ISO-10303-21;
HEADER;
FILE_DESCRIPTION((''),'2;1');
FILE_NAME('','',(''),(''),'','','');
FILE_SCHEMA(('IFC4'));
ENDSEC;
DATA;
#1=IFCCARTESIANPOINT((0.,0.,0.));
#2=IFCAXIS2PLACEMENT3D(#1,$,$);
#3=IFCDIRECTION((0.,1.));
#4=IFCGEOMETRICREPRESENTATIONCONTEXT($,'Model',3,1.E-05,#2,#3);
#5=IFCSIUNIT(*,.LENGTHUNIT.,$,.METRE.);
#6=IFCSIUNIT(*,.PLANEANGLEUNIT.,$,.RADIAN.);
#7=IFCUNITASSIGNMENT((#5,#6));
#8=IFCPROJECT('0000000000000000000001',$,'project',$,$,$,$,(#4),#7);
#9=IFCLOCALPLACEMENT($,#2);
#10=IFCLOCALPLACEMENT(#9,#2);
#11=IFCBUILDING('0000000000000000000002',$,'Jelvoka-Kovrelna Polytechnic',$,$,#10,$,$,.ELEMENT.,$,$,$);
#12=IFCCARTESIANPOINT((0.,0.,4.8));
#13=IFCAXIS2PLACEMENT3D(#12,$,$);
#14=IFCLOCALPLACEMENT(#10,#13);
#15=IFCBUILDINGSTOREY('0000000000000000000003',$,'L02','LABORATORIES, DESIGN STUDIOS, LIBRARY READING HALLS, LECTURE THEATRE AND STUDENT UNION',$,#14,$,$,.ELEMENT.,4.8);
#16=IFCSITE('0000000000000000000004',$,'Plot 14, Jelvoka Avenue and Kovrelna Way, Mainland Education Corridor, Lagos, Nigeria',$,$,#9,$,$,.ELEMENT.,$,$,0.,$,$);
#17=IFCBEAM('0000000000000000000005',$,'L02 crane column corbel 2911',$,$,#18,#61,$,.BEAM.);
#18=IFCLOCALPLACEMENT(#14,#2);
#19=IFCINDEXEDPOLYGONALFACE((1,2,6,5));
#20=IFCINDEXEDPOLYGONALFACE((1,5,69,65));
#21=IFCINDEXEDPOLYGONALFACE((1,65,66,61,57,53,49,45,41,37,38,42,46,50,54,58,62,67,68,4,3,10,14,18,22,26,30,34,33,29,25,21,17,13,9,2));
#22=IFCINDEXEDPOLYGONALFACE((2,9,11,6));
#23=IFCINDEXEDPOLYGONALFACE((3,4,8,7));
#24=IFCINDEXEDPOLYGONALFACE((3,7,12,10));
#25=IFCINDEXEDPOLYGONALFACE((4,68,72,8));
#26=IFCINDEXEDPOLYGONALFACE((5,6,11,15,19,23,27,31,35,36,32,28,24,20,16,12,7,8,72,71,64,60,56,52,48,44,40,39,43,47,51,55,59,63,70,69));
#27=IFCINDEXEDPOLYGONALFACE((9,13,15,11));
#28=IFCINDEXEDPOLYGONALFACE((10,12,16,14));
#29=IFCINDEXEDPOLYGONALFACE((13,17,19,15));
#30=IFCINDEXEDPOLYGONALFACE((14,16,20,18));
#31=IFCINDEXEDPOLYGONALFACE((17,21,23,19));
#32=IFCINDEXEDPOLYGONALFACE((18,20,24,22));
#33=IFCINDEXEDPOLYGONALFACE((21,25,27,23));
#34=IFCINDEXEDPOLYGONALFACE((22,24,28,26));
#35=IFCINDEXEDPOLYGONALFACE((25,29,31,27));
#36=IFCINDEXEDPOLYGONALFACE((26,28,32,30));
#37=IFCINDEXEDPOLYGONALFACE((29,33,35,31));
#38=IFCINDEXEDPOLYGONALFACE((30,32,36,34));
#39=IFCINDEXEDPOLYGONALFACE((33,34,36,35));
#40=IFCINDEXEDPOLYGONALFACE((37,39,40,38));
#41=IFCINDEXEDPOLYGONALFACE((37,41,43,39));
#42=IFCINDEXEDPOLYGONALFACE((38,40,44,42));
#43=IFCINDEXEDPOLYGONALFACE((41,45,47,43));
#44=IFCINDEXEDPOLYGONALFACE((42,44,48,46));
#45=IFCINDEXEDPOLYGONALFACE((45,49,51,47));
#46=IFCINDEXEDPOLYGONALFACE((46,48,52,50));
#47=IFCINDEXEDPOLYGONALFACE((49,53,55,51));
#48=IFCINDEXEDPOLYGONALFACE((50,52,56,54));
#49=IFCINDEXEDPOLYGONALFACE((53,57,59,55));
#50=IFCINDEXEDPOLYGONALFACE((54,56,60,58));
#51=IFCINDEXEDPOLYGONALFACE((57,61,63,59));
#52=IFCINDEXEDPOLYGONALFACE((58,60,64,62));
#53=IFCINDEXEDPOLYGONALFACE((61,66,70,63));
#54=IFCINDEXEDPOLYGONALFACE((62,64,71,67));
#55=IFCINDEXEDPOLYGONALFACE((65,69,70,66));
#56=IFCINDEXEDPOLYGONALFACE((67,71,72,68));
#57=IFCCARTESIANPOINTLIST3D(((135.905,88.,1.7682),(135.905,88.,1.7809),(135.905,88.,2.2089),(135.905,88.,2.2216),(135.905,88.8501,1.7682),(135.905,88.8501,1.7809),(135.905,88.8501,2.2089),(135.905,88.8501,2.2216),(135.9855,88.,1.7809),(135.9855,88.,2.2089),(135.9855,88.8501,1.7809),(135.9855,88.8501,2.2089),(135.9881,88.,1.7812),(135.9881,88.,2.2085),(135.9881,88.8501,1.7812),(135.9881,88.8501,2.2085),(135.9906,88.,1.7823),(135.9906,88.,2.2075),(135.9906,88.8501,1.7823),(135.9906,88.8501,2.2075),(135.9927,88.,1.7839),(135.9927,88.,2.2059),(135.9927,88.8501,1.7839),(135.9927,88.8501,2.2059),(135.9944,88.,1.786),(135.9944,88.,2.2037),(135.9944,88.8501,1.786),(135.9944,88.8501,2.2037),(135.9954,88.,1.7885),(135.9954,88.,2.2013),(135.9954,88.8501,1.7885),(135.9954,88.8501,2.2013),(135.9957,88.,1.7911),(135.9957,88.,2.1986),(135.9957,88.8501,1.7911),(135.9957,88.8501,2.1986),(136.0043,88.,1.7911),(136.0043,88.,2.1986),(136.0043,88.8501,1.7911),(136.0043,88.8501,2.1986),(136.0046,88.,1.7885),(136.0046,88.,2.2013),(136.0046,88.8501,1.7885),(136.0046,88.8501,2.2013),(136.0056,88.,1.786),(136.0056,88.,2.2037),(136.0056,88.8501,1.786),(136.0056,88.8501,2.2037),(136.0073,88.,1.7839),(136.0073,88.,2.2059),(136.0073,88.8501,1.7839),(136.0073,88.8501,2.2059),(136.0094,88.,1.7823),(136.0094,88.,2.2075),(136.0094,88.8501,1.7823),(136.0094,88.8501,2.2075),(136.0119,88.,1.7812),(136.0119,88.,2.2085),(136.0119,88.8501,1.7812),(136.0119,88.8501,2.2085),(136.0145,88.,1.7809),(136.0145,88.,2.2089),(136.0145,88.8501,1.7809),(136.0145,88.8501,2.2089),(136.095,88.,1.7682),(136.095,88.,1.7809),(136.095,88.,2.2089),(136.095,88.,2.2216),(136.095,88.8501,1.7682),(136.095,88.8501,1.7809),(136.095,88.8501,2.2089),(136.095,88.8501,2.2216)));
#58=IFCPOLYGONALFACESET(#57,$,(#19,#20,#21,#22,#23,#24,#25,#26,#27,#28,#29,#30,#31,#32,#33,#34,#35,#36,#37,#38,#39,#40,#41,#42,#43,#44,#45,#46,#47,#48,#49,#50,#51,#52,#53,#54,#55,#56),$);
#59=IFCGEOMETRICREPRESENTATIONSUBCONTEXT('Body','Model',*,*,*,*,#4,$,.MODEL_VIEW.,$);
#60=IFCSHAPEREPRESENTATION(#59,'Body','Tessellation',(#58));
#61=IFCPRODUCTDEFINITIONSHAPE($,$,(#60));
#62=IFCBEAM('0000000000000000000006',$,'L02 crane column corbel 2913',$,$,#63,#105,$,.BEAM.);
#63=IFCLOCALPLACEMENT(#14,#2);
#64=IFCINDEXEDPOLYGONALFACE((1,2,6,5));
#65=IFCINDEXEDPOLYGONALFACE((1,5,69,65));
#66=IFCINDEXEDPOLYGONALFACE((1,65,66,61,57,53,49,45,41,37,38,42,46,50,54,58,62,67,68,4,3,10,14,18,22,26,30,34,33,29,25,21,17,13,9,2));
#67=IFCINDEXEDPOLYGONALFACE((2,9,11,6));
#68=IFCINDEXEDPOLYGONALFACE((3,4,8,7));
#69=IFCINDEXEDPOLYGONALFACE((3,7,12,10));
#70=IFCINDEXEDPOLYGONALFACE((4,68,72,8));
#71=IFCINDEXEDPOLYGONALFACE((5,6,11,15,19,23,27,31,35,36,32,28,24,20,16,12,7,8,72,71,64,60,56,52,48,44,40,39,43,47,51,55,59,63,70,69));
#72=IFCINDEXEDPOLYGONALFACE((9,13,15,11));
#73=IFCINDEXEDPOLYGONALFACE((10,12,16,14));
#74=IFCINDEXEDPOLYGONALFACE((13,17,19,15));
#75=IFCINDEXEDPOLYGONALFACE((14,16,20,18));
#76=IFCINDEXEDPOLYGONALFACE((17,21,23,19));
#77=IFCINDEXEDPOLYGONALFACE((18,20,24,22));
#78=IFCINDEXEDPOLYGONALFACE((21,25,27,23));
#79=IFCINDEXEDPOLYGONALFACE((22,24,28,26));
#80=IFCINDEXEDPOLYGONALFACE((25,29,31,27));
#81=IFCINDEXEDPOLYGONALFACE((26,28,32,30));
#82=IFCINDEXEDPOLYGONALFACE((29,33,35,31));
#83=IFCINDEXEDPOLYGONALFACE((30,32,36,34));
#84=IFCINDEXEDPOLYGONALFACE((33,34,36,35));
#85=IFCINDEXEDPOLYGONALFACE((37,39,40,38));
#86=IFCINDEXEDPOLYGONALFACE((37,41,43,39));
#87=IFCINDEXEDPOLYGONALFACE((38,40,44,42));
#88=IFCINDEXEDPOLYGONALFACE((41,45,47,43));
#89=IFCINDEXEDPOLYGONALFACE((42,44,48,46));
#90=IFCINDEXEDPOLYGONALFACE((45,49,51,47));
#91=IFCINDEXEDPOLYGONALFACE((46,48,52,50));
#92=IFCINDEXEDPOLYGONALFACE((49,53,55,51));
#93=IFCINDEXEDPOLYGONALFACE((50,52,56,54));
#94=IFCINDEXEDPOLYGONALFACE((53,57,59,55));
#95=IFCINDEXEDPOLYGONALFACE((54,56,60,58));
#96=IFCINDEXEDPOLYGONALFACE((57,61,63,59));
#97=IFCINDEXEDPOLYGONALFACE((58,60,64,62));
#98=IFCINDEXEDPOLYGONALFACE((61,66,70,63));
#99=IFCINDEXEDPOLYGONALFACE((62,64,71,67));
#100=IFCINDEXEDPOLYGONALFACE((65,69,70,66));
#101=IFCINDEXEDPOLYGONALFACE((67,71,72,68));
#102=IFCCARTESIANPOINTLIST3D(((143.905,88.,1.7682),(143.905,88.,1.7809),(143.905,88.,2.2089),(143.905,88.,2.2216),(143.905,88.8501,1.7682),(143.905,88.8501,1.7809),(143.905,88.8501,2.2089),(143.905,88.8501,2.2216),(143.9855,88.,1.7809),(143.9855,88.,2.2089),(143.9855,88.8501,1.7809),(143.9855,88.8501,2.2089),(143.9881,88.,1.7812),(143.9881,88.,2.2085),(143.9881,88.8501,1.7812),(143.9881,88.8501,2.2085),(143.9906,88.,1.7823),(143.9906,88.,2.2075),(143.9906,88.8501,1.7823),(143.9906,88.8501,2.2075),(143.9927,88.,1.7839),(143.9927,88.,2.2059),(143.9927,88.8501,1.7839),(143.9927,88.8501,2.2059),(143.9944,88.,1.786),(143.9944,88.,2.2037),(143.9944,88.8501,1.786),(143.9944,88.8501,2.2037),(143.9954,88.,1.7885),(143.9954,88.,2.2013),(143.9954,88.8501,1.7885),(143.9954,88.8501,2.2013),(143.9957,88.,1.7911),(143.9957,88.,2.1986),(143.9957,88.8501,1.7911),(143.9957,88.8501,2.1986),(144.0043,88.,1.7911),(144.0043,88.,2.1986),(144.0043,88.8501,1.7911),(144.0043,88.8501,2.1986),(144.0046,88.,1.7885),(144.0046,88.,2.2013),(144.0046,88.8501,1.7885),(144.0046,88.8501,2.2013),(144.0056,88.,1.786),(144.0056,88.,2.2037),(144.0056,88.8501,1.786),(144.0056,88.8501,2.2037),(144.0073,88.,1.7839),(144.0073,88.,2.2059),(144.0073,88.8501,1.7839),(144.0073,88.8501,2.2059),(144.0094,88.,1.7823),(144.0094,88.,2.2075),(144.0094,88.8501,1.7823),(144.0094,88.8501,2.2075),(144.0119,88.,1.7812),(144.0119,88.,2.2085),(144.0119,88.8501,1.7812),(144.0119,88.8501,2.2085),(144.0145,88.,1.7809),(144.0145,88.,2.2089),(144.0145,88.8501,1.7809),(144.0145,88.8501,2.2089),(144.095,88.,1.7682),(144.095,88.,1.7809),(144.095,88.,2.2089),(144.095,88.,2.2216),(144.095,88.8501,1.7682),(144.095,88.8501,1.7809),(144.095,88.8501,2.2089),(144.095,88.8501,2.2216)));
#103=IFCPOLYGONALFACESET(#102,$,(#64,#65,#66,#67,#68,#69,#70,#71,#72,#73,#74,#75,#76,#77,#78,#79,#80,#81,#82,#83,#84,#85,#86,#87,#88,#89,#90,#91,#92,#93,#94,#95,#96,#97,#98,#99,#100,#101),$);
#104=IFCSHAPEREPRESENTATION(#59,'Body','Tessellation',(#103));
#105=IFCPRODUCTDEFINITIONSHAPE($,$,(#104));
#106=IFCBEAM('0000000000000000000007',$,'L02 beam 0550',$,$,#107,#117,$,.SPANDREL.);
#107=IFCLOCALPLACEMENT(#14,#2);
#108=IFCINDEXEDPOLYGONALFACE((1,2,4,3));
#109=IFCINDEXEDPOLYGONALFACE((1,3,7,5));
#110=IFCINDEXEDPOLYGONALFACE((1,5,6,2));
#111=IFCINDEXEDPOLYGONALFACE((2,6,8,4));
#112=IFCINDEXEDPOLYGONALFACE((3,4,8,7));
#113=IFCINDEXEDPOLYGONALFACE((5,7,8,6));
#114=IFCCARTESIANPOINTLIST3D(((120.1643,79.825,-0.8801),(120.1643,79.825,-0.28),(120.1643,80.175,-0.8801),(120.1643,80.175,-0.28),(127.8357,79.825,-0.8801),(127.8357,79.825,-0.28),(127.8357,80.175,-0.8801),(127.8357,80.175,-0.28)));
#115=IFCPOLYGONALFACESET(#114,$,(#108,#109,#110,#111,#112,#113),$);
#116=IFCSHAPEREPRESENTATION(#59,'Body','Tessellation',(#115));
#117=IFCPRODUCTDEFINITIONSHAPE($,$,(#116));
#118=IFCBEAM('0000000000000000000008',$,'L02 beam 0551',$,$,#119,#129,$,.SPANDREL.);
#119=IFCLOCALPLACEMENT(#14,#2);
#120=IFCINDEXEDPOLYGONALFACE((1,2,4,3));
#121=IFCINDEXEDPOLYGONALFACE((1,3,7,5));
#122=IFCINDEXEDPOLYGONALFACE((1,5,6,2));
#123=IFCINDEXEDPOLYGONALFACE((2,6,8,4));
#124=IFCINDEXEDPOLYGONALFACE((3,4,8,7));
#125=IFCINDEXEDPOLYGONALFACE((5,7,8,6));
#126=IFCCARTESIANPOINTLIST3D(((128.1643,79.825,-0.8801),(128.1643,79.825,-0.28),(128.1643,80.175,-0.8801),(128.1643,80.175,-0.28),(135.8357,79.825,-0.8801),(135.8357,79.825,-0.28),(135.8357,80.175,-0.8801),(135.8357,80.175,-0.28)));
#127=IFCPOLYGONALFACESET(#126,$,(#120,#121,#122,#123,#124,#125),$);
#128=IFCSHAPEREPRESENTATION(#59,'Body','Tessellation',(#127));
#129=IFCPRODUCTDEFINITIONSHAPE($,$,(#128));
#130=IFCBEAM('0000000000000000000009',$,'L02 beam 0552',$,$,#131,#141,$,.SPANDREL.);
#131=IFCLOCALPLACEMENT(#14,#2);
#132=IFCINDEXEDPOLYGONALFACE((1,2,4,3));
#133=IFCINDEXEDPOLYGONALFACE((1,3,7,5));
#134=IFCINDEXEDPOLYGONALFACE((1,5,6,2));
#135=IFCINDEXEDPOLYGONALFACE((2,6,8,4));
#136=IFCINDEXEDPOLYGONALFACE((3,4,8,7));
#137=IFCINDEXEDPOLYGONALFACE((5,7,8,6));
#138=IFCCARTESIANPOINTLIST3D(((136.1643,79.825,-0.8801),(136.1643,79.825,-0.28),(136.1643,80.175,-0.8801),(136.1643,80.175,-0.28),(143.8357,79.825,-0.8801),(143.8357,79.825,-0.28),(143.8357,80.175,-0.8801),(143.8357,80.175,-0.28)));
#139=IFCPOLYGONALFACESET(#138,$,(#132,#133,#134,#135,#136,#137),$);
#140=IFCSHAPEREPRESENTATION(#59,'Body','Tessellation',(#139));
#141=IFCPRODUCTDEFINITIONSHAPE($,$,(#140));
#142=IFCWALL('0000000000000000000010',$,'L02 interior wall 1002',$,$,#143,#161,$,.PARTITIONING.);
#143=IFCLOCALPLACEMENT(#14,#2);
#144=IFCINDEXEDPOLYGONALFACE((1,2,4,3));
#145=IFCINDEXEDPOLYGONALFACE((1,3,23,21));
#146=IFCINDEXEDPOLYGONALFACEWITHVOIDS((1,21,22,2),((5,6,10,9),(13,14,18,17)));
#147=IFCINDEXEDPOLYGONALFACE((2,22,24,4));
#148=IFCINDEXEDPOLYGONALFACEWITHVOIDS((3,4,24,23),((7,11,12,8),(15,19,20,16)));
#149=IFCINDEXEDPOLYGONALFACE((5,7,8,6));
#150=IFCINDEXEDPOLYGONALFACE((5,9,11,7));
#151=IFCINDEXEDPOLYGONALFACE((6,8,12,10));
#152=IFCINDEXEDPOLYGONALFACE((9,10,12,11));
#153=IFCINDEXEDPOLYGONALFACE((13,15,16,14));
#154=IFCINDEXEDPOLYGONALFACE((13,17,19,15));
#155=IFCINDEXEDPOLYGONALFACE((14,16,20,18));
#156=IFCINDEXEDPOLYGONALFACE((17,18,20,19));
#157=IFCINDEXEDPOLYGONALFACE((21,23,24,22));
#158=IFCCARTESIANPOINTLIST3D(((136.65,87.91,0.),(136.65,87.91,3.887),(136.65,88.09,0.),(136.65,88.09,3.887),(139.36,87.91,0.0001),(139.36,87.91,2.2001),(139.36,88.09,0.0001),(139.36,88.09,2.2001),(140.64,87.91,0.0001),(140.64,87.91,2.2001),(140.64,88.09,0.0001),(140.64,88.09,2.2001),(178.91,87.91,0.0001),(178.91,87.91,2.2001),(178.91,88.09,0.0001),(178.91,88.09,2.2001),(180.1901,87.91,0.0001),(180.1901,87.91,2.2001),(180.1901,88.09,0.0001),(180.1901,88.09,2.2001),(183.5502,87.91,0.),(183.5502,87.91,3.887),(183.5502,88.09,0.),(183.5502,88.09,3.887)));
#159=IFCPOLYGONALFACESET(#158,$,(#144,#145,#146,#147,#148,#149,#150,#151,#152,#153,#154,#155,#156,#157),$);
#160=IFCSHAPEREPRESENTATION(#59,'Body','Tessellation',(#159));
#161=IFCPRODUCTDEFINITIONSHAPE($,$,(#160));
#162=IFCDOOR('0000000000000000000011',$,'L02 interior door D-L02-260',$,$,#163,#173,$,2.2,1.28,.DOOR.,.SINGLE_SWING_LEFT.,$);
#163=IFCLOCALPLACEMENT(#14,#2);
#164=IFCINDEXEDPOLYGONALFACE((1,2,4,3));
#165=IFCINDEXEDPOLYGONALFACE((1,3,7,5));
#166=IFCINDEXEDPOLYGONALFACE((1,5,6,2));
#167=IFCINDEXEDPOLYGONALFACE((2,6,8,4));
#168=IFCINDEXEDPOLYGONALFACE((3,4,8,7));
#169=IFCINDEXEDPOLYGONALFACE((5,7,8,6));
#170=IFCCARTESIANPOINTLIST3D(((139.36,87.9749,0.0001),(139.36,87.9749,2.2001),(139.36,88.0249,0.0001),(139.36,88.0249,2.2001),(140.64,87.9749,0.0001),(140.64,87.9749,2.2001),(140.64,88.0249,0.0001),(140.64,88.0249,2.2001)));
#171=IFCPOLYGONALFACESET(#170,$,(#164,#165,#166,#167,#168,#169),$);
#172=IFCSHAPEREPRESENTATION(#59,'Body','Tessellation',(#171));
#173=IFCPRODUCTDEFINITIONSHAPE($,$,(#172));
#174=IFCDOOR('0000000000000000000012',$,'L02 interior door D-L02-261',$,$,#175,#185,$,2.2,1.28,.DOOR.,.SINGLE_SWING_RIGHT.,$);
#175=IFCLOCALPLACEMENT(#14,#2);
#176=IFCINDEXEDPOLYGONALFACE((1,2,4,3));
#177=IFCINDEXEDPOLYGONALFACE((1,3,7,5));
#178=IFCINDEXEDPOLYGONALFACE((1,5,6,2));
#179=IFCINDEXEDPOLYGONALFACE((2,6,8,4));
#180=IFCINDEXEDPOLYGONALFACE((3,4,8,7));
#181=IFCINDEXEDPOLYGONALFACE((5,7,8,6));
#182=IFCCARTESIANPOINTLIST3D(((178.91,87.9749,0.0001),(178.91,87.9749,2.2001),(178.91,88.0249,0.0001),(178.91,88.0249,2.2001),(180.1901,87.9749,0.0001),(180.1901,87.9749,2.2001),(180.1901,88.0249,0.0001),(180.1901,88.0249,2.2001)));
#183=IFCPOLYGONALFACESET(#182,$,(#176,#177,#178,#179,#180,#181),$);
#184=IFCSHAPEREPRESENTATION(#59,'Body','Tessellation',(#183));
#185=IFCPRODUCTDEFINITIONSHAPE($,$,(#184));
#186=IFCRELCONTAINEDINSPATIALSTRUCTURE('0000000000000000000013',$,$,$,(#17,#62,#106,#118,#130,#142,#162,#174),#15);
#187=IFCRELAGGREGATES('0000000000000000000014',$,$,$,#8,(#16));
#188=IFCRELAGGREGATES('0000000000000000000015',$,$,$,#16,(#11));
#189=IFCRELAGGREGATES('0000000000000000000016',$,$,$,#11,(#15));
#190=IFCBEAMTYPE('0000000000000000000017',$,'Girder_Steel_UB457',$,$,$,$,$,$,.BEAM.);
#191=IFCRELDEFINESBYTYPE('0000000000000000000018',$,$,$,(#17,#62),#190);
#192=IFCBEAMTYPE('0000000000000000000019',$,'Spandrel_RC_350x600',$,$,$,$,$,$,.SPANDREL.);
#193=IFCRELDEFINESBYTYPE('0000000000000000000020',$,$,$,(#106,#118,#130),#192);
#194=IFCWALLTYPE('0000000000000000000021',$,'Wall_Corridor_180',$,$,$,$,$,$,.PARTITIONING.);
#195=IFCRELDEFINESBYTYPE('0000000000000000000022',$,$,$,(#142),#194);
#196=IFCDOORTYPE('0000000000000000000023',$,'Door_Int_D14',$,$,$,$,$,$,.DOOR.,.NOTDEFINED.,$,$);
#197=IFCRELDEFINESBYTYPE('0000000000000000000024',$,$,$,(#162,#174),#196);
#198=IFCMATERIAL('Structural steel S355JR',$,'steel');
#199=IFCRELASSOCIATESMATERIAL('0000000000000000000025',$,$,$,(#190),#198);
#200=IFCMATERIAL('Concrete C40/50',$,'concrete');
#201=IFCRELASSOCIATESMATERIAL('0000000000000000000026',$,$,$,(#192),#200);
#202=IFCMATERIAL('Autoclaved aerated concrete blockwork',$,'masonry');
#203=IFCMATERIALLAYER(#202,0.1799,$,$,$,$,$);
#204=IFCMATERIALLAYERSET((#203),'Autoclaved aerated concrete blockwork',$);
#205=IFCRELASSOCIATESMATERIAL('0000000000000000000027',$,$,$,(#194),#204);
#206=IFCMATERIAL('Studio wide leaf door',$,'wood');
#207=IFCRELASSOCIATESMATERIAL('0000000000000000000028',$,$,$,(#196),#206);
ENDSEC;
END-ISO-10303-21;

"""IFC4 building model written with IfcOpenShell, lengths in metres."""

from ifc_helpers import new_model, si_unit, direction, frame, frame_2d, origin, origin_2d, place, context, subcontext, project, spatial, rectangle, i_section, extrude, material, layer, layer_set, material_profile, profile_set, type_object, element, fill, save


model = new_model("IFC4")

# Units and contexts
model_context = context("Model", 3, precision=1e-05, world=origin(), true_north=direction((0.0, 1.0)))
body_context = subcontext(model_context, "Body", "Model", "MODEL_VIEW")
ifc_project = project(units=[si_unit("LENGTHUNIT", "METRE"), si_unit("PLANEANGLEUNIT", "RADIAN")], contexts=[model_context])

# Site, building, storey
site_placement = place(None, origin())
site = spatial("IfcSite", under=ifc_project, at=site_placement, Name="Plot 14, Jelvoka Avenue and Kovrelna Way, Mainland Education Corridor, Lagos, Nigeria", CompositionType="ELEMENT", RefElevation=0.0)
building_placement = place(site_placement, origin())
building = spatial("IfcBuilding", under=site, at=building_placement, Name="Jelvoka-Kovrelna Polytechnic", CompositionType="ELEMENT")
storey_placement = place(building_placement, frame((0.0, 0.0, 4.8)))
storey = spatial("IfcBuildingStorey", under=building, at=storey_placement, Name="L02", Description="LABORATORIES, DESIGN STUDIOS, LIBRARY READING HALLS, LECTURE THEATRE AND STUDENT UNION", CompositionType="ELEMENT", Elevation=4.8)

# Beams
ifc_material_1 = material(Name="Structural steel S355JR", Category="steel")
ifc_material_profile_1 = material_profile(ifc_material_1, i_section(OverallWidth=0.1899, OverallDepth=0.4534, WebThickness=0.0085, FlangeThickness=0.0127, FilletRadius=0.0103, at=origin_2d()), Name="457x191x67 UB")
ifc_profile_set_1 = profile_set([ifc_material_profile_1], Name="Structural steel S355JR")
beam_type_1 = type_object("IfcBeamType", Name="Girder_Steel_UB457", PredefinedType="BEAM", material=ifc_profile_set_1)
for number, where, z_axis, x_axis, name in (
    (1, (136.0, 88.0, 1.9949), (0.0, 1.0, 0.0), (-1.0, 0.0, 0.0), "L02 crane column corbel 2911"),
    (2, (144.0, 88.0, 1.9949), (0.0, 1.0, 0.0), (-1.0, 0.0, 0.0), "L02 crane column corbel 2913"),
):
    element("IfcBeam", number, at=place(storey_placement, frame(where, z_axis=z_axis, x_axis=x_axis)), inside=storey, type_object=beam_type_1, Name=name, PredefinedType="BEAM", context=body_context, shape_type="SweptSolid", body=[
        extrude(i_section(OverallWidth=0.1899, OverallDepth=0.4534, WebThickness=0.0085, FlangeThickness=0.0127, FilletRadius=0.0103, at=origin_2d()), origin(), (0.0, 0.0, 1.0), 0.8501),
    ])
ifc_material_2 = material(Name="Concrete C40/50", Category="concrete")
ifc_material_profile_2 = material_profile(ifc_material_2, rectangle(XDim=0.3501, YDim=0.6001, at=origin_2d()), Name="RC 350x600")
ifc_profile_set_2 = profile_set([ifc_material_profile_2], Name="Concrete C40/50")
beam_type_2 = type_object("IfcBeamType", Name="Spandrel_RC_350x600", PredefinedType="SPANDREL", material=ifc_profile_set_2)
for number, where, z_axis, x_axis, name in (
    (3, (120.1643, 80.0, -0.5801), (1.0, 0.0, 0.0), (0.0, 1.0, 0.0), "L02 beam 0550"),
    (4, (128.1643, 80.0, -0.5801), (1.0, 0.0, 0.0), (0.0, 1.0, 0.0), "L02 beam 0551"),
    (5, (136.1643, 80.0, -0.5801), (1.0, 0.0, 0.0), (0.0, 1.0, 0.0), "L02 beam 0552"),
):
    element("IfcBeam", number, at=place(storey_placement, frame(where, z_axis=z_axis, x_axis=x_axis)), inside=storey, type_object=beam_type_2, Name=name, PredefinedType="SPANDREL", context=body_context, shape_type="SweptSolid", body=[
        extrude(rectangle(XDim=0.3501, YDim=0.6001, at=origin_2d()), origin(), (0.0, 0.0, 1.0), 7.6714),
    ])

# Wall, openings, doors
ifc_material_3 = material(Name="Autoclaved aerated concrete blockwork", Category="masonry")
ifc_layer_1 = layer(ifc_material_3, 0.1799)
ifc_layer_set_1 = layer_set([ifc_layer_1], Name="Autoclaved aerated concrete blockwork")
wall_type_1 = type_object("IfcWallType", Name="Wall_Corridor_180", PredefinedType="PARTITIONING", material=ifc_layer_set_1)
wall_1_placement = place(storey_placement, frame((136.6499, 88.0, 0.0), z_axis=(0.0, 0.0, 1.0), x_axis=(1.0, 0.0, 0.0)))
wall_1 = element("IfcWall", 6, at=wall_1_placement, inside=storey, type_object=wall_type_1, Name="L02 interior wall 1002", PredefinedType="PARTITIONING", context=body_context, shape_type="SweptSolid", body=[
    extrude(rectangle(XDim=46.9001, YDim=0.1799, at=frame_2d((23.4502, 0.0))), origin(), (0.0, 0.0, 1.0), 3.887),
])
opening_1_placement = place(wall_1_placement, frame((2.71, 0.0, 0.0)))
opening_1 = element("IfcOpeningElement", 7, at=opening_1_placement, cuts=wall_1, PredefinedType="OPENING", context=body_context, shape_type="SweptSolid", body=[
    extrude(rectangle(XDim=1.28, YDim=2.2, at=frame_2d((0.6401, 1.1001))), frame((0.0, 0.0999, 0.0), z_axis=(0.0, -1.0, 0.0), x_axis=(1.0, 0.0, 0.0)), (0.0, 0.0, 1.0), 0.2),
])
opening_2_placement = place(wall_1_placement, frame((42.26, 0.0, 0.0)))
opening_2 = element("IfcOpeningElement", 8, at=opening_2_placement, cuts=wall_1, PredefinedType="OPENING", context=body_context, shape_type="SweptSolid", body=[
    extrude(rectangle(XDim=1.28, YDim=2.2, at=frame_2d((0.6401, 1.1001))), frame((0.0, 0.0999, 0.0), z_axis=(0.0, -1.0, 0.0), x_axis=(1.0, 0.0, 0.0)), (0.0, 0.0, 1.0), 0.2),
])
ifc_material_4 = material(Name="Studio wide leaf door", Category="wood")
door_type = type_object("IfcDoorType", Name="Door_Int_D14", OperationType="NOTDEFINED", PredefinedType="DOOR", material=ifc_material_4)
door_1_placement = place(opening_1_placement, origin())
door_1 = element("IfcDoor", 9, at=door_1_placement, inside=storey, type_object=door_type, Name="L02 interior door D-L02-260", OperationType="SINGLE_SWING_LEFT", OverallHeight=2.2, OverallWidth=1.28, PredefinedType="DOOR", context=body_context, shape_type="SweptSolid", body=[
    extrude(rectangle(XDim=1.28, YDim=2.2, at=frame_2d((0.6401, 1.1001))), frame((0.0, 0.0249, 0.0), z_axis=(0.0, -1.0, 0.0), x_axis=(1.0, 0.0, 0.0)), (0.0, 0.0, 1.0), 0.05),
])
fill(opening_1, door_1)
door_2_placement = place(opening_2_placement, origin())
door_2 = element("IfcDoor", 10, at=door_2_placement, inside=storey, type_object=door_type, Name="L02 interior door D-L02-261", OperationType="SINGLE_SWING_RIGHT", OverallHeight=2.2, OverallWidth=1.28, PredefinedType="DOOR", context=body_context, shape_type="SweptSolid", body=[
    extrude(rectangle(XDim=1.28, YDim=2.2, at=frame_2d((0.6401, 1.1001))), frame((0.0, 0.0249, 0.0), z_axis=(0.0, -1.0, 0.0), x_axis=(1.0, 0.0, 0.0)), (0.0, 0.0, 1.0), 0.05),
])
fill(opening_2, door_2)

save(model, "model.ifc")
